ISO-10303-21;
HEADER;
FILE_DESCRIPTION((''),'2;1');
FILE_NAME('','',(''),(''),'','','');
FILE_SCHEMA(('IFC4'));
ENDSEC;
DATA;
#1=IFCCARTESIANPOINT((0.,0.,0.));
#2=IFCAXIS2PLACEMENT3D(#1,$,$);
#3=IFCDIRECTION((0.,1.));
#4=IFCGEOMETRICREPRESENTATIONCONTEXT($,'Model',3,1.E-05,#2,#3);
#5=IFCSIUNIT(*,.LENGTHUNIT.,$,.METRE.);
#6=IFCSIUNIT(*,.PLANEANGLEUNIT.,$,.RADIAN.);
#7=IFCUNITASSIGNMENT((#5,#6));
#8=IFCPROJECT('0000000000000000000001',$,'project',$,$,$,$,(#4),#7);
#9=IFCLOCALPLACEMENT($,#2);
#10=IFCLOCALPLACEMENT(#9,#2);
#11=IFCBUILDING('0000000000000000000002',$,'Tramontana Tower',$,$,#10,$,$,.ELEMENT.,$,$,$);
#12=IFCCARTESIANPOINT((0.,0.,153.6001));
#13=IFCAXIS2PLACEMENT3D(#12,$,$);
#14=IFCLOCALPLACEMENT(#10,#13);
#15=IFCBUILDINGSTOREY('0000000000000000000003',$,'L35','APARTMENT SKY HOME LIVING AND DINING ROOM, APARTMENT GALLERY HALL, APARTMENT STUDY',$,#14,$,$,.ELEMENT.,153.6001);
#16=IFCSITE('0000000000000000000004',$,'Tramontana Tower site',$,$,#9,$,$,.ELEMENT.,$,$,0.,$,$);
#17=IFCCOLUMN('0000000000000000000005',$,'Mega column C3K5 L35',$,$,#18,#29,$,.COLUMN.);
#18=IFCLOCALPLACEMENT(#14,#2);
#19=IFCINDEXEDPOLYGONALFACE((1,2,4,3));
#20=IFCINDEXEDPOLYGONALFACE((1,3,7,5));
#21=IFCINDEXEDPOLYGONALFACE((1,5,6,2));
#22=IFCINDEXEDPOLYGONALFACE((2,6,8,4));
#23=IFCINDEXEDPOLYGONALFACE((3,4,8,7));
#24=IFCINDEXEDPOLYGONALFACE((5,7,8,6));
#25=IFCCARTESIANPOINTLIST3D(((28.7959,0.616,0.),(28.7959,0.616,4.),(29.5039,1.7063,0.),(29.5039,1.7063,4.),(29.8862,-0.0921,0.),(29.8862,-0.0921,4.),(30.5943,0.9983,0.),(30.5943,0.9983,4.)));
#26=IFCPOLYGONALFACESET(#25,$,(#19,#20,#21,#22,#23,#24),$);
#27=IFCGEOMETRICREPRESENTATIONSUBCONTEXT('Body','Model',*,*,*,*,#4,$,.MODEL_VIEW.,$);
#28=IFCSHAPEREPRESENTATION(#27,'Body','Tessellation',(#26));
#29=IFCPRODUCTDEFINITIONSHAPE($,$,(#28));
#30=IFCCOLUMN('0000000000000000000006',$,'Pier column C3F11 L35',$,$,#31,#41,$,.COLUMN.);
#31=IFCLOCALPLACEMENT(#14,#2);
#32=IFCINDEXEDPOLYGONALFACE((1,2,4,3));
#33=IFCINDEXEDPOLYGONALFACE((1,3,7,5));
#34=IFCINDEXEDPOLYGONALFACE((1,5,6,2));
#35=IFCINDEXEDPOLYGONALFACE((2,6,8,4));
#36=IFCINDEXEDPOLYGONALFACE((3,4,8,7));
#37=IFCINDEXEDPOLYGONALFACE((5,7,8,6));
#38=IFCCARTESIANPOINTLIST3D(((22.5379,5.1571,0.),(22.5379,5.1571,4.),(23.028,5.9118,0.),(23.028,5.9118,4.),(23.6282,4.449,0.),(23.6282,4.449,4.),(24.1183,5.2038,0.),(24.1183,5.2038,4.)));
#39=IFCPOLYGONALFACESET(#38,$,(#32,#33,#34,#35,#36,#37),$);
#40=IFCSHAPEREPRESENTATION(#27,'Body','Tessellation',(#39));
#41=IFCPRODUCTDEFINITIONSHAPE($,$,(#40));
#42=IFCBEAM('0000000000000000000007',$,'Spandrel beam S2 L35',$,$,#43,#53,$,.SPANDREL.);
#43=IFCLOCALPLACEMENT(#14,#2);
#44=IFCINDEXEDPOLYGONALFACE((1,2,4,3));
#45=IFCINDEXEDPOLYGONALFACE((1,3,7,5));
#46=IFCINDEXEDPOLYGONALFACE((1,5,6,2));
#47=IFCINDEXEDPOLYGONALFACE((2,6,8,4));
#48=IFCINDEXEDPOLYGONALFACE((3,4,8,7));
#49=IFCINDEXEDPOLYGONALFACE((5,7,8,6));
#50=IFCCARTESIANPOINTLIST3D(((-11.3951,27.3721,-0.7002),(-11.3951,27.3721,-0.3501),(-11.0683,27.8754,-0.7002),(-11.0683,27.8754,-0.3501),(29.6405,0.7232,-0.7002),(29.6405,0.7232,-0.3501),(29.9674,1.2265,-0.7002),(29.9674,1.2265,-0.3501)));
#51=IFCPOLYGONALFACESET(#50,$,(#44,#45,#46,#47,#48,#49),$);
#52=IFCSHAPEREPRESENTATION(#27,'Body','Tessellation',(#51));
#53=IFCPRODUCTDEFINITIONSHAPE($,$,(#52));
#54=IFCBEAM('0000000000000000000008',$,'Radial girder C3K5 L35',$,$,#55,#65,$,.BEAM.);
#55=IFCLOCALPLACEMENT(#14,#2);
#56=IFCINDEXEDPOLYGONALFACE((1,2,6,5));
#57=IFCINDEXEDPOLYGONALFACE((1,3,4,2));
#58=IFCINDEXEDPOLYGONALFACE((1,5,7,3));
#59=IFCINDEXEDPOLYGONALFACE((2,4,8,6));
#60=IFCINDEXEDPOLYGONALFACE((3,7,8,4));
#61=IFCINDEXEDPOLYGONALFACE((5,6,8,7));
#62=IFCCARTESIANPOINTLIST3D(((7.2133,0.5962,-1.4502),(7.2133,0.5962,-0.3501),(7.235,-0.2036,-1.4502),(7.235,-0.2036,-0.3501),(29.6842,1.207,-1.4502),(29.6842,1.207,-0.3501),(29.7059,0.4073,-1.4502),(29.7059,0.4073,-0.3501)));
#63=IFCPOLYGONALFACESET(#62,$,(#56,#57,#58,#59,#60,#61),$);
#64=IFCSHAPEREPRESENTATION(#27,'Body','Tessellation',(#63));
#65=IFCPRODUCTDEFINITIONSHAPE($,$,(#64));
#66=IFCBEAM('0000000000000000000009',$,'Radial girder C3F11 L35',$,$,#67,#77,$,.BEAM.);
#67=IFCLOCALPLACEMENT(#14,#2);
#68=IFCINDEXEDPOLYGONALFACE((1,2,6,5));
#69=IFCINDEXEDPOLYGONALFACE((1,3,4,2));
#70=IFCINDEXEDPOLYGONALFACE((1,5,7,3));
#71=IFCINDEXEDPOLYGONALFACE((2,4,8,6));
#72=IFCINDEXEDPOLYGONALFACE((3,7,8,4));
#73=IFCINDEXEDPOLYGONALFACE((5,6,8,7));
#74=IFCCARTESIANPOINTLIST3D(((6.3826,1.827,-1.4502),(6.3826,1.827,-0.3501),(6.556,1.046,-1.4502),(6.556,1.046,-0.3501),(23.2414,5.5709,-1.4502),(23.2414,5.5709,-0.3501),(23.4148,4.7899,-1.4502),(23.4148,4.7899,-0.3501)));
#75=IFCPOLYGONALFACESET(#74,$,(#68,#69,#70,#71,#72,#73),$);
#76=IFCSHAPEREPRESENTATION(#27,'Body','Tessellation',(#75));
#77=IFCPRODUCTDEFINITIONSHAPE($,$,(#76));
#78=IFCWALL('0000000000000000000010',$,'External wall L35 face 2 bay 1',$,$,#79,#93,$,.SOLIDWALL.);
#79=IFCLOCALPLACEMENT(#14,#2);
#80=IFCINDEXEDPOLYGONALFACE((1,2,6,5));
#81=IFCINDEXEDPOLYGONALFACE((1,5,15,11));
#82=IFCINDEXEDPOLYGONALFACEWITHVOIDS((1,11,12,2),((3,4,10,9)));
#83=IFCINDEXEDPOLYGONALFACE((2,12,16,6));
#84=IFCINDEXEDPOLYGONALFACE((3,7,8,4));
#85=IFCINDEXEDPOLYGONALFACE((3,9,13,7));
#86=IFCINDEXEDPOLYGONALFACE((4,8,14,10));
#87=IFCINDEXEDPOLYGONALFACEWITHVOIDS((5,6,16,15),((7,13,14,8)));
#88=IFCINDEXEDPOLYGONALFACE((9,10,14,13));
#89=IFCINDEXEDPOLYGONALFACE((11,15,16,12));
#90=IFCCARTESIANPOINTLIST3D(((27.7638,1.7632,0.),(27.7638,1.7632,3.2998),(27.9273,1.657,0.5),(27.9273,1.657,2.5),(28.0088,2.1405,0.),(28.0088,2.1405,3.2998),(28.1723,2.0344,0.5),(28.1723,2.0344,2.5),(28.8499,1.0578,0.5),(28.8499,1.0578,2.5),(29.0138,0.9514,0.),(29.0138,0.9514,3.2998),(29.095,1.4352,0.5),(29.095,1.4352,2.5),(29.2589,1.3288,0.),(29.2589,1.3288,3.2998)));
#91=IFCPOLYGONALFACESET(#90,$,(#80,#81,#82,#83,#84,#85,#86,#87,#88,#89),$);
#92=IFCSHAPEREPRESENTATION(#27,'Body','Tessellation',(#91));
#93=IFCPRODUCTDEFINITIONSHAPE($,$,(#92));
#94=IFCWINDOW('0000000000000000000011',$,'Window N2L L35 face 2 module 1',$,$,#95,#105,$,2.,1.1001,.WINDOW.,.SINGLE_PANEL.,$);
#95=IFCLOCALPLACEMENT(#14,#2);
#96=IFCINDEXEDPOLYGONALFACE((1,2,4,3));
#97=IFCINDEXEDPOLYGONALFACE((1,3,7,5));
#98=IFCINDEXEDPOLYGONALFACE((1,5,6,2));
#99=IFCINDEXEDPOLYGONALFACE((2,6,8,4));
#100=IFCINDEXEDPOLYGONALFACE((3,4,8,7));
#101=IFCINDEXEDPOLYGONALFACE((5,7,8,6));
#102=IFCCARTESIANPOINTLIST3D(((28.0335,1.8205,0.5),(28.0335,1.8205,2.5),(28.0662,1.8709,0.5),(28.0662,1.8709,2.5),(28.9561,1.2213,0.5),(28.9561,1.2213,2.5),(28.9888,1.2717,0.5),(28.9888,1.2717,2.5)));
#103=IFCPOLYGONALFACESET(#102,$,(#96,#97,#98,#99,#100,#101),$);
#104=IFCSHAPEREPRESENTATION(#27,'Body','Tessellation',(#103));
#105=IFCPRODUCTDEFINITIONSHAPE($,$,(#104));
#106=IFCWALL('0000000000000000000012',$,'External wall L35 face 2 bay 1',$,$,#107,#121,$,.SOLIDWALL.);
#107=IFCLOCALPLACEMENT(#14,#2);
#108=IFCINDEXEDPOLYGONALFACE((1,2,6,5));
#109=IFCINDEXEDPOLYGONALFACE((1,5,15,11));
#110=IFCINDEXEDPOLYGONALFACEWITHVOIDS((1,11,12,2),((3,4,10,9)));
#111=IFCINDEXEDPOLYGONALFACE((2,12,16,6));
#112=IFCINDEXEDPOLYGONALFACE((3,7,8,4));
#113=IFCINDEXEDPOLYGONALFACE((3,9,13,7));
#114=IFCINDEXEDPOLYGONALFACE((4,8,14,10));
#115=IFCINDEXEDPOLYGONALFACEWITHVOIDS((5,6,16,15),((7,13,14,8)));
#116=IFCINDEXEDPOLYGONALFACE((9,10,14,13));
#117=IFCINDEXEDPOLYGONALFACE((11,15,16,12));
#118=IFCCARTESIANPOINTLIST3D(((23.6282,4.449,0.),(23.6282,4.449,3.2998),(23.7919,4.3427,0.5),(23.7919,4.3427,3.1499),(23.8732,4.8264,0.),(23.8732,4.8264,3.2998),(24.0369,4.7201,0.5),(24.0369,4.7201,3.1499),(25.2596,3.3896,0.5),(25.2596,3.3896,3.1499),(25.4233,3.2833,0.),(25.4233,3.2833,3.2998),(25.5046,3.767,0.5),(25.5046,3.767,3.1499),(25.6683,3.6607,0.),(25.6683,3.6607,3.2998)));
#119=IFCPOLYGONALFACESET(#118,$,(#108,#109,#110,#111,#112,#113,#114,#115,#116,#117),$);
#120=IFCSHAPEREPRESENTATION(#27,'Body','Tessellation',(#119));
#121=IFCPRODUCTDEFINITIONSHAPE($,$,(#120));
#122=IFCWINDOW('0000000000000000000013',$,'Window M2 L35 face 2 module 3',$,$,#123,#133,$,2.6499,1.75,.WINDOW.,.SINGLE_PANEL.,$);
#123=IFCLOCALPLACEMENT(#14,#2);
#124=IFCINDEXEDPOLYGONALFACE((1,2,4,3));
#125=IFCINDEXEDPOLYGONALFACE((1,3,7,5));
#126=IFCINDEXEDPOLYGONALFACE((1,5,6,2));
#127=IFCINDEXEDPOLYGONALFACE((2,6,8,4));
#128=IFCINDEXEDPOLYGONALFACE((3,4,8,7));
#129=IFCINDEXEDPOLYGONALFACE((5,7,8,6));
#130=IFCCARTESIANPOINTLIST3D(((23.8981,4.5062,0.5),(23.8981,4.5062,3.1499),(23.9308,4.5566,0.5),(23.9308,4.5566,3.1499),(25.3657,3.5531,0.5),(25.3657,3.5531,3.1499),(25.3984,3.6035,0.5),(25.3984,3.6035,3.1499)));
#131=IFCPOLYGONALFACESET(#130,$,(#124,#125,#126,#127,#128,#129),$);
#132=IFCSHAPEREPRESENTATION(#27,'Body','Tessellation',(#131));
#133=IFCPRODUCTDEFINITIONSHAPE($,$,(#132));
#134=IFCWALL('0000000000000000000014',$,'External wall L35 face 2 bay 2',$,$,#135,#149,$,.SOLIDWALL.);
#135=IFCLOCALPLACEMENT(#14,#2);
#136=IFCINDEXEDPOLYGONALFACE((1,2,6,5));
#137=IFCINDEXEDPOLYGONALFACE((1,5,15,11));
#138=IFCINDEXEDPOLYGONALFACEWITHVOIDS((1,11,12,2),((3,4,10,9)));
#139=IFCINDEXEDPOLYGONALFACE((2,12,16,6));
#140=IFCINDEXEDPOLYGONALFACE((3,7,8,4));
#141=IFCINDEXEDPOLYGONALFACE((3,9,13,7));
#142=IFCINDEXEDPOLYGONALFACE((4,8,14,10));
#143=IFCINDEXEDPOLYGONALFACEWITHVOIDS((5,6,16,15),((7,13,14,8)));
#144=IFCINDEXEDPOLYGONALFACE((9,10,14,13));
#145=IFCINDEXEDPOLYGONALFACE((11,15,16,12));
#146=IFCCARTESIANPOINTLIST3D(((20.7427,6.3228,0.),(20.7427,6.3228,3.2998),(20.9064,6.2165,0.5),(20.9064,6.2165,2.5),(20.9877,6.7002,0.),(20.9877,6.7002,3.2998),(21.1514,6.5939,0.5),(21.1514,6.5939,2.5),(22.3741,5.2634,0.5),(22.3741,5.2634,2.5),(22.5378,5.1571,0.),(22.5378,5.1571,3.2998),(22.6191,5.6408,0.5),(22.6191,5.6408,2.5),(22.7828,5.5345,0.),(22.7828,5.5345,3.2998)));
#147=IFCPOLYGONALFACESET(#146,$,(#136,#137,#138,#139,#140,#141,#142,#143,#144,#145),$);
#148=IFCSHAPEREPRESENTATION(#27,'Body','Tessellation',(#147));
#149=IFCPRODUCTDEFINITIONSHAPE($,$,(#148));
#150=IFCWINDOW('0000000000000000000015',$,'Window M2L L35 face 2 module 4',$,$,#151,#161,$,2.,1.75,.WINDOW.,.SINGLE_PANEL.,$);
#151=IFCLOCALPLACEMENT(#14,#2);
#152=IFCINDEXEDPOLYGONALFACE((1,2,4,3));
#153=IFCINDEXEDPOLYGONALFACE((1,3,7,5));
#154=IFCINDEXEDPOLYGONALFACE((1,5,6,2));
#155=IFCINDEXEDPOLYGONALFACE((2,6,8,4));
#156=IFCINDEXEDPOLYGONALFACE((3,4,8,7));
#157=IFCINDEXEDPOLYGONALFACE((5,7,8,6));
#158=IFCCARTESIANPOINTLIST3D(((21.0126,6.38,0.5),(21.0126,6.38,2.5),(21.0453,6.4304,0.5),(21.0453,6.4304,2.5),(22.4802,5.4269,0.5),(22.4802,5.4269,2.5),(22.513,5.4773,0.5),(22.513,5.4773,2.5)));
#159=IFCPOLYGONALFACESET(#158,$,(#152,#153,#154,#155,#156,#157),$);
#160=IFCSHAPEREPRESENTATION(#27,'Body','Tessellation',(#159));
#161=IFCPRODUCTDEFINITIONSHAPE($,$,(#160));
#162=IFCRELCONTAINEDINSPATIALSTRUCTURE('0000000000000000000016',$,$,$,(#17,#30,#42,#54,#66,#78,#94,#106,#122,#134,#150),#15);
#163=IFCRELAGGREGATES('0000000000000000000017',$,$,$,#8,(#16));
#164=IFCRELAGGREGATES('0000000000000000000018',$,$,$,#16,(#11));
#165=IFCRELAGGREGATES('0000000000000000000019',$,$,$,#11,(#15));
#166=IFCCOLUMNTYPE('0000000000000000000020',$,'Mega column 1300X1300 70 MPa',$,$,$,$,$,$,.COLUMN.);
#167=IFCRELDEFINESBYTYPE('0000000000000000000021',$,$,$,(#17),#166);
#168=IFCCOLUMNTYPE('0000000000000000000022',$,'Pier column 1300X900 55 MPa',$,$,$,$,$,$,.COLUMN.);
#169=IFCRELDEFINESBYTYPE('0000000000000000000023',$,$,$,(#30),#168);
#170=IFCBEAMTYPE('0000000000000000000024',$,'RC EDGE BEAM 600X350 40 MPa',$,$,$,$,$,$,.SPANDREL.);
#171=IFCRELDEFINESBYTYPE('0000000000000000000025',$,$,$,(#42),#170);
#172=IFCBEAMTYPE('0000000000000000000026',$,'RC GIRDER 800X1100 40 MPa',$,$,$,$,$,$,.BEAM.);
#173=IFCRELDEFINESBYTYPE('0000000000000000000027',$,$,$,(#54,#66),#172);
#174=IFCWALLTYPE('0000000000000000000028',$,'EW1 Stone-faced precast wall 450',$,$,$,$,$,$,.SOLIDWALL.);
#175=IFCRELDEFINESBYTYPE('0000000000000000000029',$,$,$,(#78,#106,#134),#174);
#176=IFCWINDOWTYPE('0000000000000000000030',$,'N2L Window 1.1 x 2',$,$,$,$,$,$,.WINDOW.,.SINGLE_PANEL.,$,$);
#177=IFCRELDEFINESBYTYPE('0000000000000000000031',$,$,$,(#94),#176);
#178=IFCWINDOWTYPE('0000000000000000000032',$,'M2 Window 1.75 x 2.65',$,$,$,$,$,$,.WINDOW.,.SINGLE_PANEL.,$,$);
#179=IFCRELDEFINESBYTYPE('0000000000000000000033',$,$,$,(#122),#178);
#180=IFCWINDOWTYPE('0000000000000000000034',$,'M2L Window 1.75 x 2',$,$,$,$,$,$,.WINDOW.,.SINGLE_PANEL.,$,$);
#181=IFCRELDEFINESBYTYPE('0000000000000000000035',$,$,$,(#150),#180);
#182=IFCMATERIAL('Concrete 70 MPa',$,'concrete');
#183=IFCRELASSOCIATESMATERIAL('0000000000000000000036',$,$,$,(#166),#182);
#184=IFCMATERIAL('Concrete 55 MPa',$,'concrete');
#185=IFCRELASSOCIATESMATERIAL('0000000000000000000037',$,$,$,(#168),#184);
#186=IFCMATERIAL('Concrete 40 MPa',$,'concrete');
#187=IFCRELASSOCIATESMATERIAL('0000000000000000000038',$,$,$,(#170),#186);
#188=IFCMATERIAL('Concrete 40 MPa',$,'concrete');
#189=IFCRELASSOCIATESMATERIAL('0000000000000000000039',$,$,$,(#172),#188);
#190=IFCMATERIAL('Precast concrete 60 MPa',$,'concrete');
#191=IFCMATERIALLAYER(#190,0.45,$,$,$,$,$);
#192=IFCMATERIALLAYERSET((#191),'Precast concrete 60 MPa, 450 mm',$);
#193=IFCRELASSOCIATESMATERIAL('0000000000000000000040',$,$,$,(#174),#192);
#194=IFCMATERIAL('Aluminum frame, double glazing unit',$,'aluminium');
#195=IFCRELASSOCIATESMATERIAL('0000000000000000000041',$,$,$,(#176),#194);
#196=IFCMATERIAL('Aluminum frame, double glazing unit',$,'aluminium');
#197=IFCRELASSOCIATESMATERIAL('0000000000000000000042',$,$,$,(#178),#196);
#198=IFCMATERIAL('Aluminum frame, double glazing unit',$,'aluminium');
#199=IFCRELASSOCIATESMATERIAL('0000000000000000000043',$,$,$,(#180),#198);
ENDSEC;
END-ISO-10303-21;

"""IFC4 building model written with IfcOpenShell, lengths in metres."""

from ifc_helpers import new_model, si_unit, direction, frame, frame_2d, origin, origin_2d, place, context, subcontext, project, spatial, rectangle, extrude, material, layer, layer_set, material_profile, profile_set, type_object, element, fill, save


model = new_model("IFC4")

# Units and contexts
model_context = context("Model", 3, precision=1e-05, world=origin(), true_north=direction((0.0, 1.0)))
body_context = subcontext(model_context, "Body", "Model", "MODEL_VIEW")
ifc_project = project(units=[si_unit("LENGTHUNIT", "METRE"), si_unit("PLANEANGLEUNIT", "RADIAN")], contexts=[model_context])

# Site, building, storey
site_placement = place(None, origin())
site = spatial("IfcSite", under=ifc_project, at=site_placement, Name="Tramontana Tower site", CompositionType="ELEMENT", RefElevation=0.0)
building_placement = place(site_placement, origin())
building = spatial("IfcBuilding", under=site, at=building_placement, Name="Tramontana Tower", CompositionType="ELEMENT")
storey_placement = place(building_placement, frame((0.0, 0.0, 153.6001)))
storey = spatial("IfcBuildingStorey", under=building, at=storey_placement, Name="L35", Description="APARTMENT SKY HOME LIVING AND DINING ROOM, APARTMENT GALLERY HALL, APARTMENT STUDY", CompositionType="ELEMENT", Elevation=153.6001)

# Columns
ifc_material_1 = material(Name="Concrete 70 MPa", Category="concrete")
ifc_material_profile_1 = material_profile(ifc_material_1, rectangle(XDim=1.3, YDim=1.3, at=origin_2d()), Name="Mega column 1300X1300 70 MPa")
ifc_profile_set_1 = profile_set([ifc_material_profile_1], Name="Concrete 70 MPa")
column_type_1 = type_object("IfcColumnType", Name="Mega column 1300X1300 70 MPa", PredefinedType="COLUMN", material=ifc_profile_set_1)
column_1_placement = place(storey_placement, frame((29.6951, 0.8071, 0.0), z_axis=(0.0, 0.0, 1.0), x_axis=(-0.838671, 0.544639, 0.0)))
element("IfcColumn", 1, at=column_1_placement, inside=storey, type_object=column_type_1, Name="Mega column C3K5 L35", PredefinedType="COLUMN", context=body_context, shape_type="SweptSolid", body=[
    extrude(rectangle(XDim=1.3, YDim=1.3, at=origin_2d()), origin(), (0.0, 0.0, 1.0), 4.0),
])
ifc_material_2 = material(Name="Concrete 55 MPa", Category="concrete")
ifc_material_profile_2 = material_profile(ifc_material_2, rectangle(XDim=1.3, YDim=0.8999, at=origin_2d()), Name="Pier column 1300X900 55 MPa")
ifc_profile_set_2 = profile_set([ifc_material_profile_2], Name="Concrete 55 MPa")
column_type_2 = type_object("IfcColumnType", Name="Pier column 1300X900 55 MPa", PredefinedType="COLUMN", material=ifc_profile_set_2)
column_2_placement = place(storey_placement, frame((23.3281, 5.1804, 0.0), z_axis=(0.0, 0.0, 1.0), x_axis=(-0.838671, 0.544639, 0.0)))
element("IfcColumn", 2, at=column_2_placement, inside=storey, type_object=column_type_2, Name="Pier column C3F11 L35", PredefinedType="COLUMN", context=body_context, shape_type="SweptSolid", body=[
    extrude(rectangle(XDim=1.3, YDim=0.8999, at=origin_2d()), origin(), (0.0, 0.0, 1.0), 4.0),
])

# Beams
ifc_material_3 = material(Name="Concrete 40 MPa", Category="concrete")
ifc_material_profile_3 = material_profile(ifc_material_3, rectangle(XDim=0.6001, YDim=0.3501, at=origin_2d()), Name="RC EDGE BEAM 600X350 40 MPa")
ifc_profile_set_3 = profile_set([ifc_material_profile_3], Name="Concrete 40 MPa")
beam_type_1 = type_object("IfcBeamType", Name="RC EDGE BEAM 600X350 40 MPa", PredefinedType="SPANDREL", material=ifc_profile_set_3)
beam_1_placement = place(storey_placement, frame((29.804, 0.9749, -0.5251), z_axis=(-0.83867, 0.54464, 0.0), x_axis=(-0.54464, -0.83867, 0.0)))
element("IfcBeam", 3, at=beam_1_placement, inside=storey, type_object=beam_type_1, Name="Spandrel beam S2 L35", PredefinedType="SPANDREL", context=body_context, shape_type="SweptSolid", body=[
    extrude(rectangle(XDim=0.6001, YDim=0.3501, at=origin_2d()), origin(), (0.0, 0.0, 1.0), 48.9294),
])
ifc_material_4 = material(Name="Concrete 40 MPa", Category="concrete")
ifc_material_profile_4 = material_profile(ifc_material_4, rectangle(XDim=0.8, YDim=1.1001, at=origin_2d()), Name="RC GIRDER 800X1100 40 MPa")
ifc_profile_set_4 = profile_set([ifc_material_profile_4], Name="Concrete 40 MPa")
beam_type_2 = type_object("IfcBeamType", Name="RC GIRDER 800X1100 40 MPa", PredefinedType="BEAM", material=ifc_profile_set_4)
beam_2_placement = place(storey_placement, frame((29.6951, 0.8071, -0.9001), z_axis=(-0.999631, -0.027173, 0.0), x_axis=(0.027173, -0.999631, 0.0)))
element("IfcBeam", 4, at=beam_2_placement, inside=storey, type_object=beam_type_2, Name="Radial girder C3K5 L35", PredefinedType="BEAM", context=body_context, shape_type="SweptSolid", body=[
    extrude(rectangle(XDim=0.8, YDim=1.1001, at=origin_2d()), origin(), (0.0, 0.0, 1.0), 22.4792),
])
beam_3_placement = place(storey_placement, frame((23.3281, 5.1804, -0.9001), z_axis=(-0.976218, -0.216791, 0.0), x_axis=(0.216791, -0.976218, 0.0)))
element("IfcBeam", 5, at=beam_3_placement, inside=storey, type_object=beam_type_2, Name="Radial girder C3F11 L35", PredefinedType="BEAM", context=body_context, shape_type="SweptSolid", body=[
    extrude(rectangle(XDim=0.8, YDim=1.1001, at=origin_2d()), origin(), (0.0, 0.0, 1.0), 17.2695),
])

# Walls, openings, windows
ifc_material_5 = material(Name="Precast concrete 60 MPa", Category="concrete")
ifc_layer_1 = layer(ifc_material_5, 0.45)
ifc_layer_set_1 = layer_set([ifc_layer_1], Name="Precast concrete 60 MPa, 450 mm")
wall_type_1 = type_object("IfcWallType", Name="EW1 Stone-faced precast wall 450", PredefinedType="SOLIDWALL", material=ifc_layer_set_1)
wall_1_placement = place(storey_placement, frame((29.1362, 1.1401, 0.0), z_axis=(0.0, 0.0, 1.0), x_axis=(-0.838668, 0.544643, 0.0)))
wall_1 = element("IfcWall", 6, at=wall_1_placement, inside=storey, type_object=wall_type_1, Name="External wall L35 face 2 bay 1", PredefinedType="SOLIDWALL", context=body_context, shape_type="SweptSolid", body=[
    extrude(rectangle(XDim=1.4905, YDim=0.45, at=frame_2d((0.7451, 0.0))), origin(), (0.0, 0.0, 1.0), 3.2998),
])
opening_1_placement = place(wall_1_placement, frame((0.1953, 0.0, 0.5)))
opening_1 = element("IfcOpeningElement", 7, at=opening_1_placement, cuts=wall_1, PredefinedType="OPENING", context=body_context, shape_type="SweptSolid", body=[
    extrude(rectangle(XDim=1.1001, YDim=2.0, at=frame_2d((0.55, 1.0))), frame((0.0, 0.2349, 0.0), z_axis=(0.0, -1.0, 0.0), x_axis=(1.0, 0.0, 0.0)), (0.0, 0.0, 1.0), 0.47),
])
ifc_material_6 = material(Name="Aluminum frame, double glazing unit", Category="aluminium")
window_type_1 = type_object("IfcWindowType", Name="N2L Window 1.1 x 2", PartitioningType="SINGLE_PANEL", PredefinedType="WINDOW", material=ifc_material_6)
window_1_placement = place(opening_1_placement, origin())
window_1 = element("IfcWindow", 8, at=window_1_placement, inside=storey, type_object=window_type_1, Name="Window N2L L35 face 2 module 1", OverallHeight=2.0, OverallWidth=1.1001, PartitioningType="SINGLE_PANEL", PredefinedType="WINDOW", context=body_context, shape_type="SweptSolid", body=[
    extrude(rectangle(XDim=1.1001, YDim=2.0, at=frame_2d((0.55, 1.0))), frame((0.0, 0.03, 0.0), z_axis=(0.0, -1.0, 0.0), x_axis=(1.0, 0.0, 0.0)), (0.0, 0.0, 1.0), 0.0601),
])
fill(opening_1, window_1)
wall_2_placement = place(storey_placement, frame((25.5459, 3.4719, 0.0), z_axis=(0.0, 0.0, 1.0), x_axis=(-0.838675, 0.544631, 0.0)))
wall_2 = element("IfcWall", 9, at=wall_2_placement, inside=storey, type_object=wall_type_1, Name="External wall L35 face 2 bay 1", PredefinedType="SOLIDWALL", context=body_context, shape_type="SweptSolid", body=[
    extrude(rectangle(XDim=2.1404, YDim=0.45, at=frame_2d((1.0703, 0.0))), origin(), (0.0, 0.0, 1.0), 3.2998),
])
opening_2_placement = place(wall_2_placement, frame((0.1953, 0.0, 0.5)))
opening_2 = element("IfcOpeningElement", 10, at=opening_2_placement, cuts=wall_2, PredefinedType="OPENING", context=body_context, shape_type="SweptSolid", body=[
    extrude(rectangle(XDim=1.75, YDim=2.6499, at=frame_2d((0.875, 1.325))), frame((0.0, 0.2349, 0.0), z_axis=(0.0, -1.0, 0.0), x_axis=(1.0, 0.0, 0.0)), (0.0, 0.0, 1.0), 0.47),
])
ifc_material_7 = material(Name="Aluminum frame, double glazing unit", Category="aluminium")
window_type_2 = type_object("IfcWindowType", Name="M2 Window 1.75 x 2.65", PartitioningType="SINGLE_PANEL", PredefinedType="WINDOW", material=ifc_material_7)
window_2_placement = place(opening_2_placement, origin())
window_2 = element("IfcWindow", 11, at=window_2_placement, inside=storey, type_object=window_type_2, Name="Window M2 L35 face 2 module 3", OverallHeight=2.6499, OverallWidth=1.75, PartitioningType="SINGLE_PANEL", PredefinedType="WINDOW", context=body_context, shape_type="SweptSolid", body=[
    extrude(rectangle(XDim=1.75, YDim=2.6499, at=frame_2d((0.875, 1.325))), frame((0.0, 0.03, 0.0), z_axis=(0.0, -1.0, 0.0), x_axis=(1.0, 0.0, 0.0)), (0.0, 0.0, 1.0), 0.0601),
])
fill(opening_2, window_2)
wall_3_placement = place(storey_placement, frame((22.6604, 5.3457, 0.0), z_axis=(0.0, 0.0, 1.0), x_axis=(-0.838675, 0.544631, 0.0)))
wall_3 = element("IfcWall", 12, at=wall_3_placement, inside=storey, type_object=wall_type_1, Name="External wall L35 face 2 bay 2", PredefinedType="SOLIDWALL", context=body_context, shape_type="SweptSolid", body=[
    extrude(rectangle(XDim=2.1404, YDim=0.45, at=frame_2d((1.0703, 0.0))), origin(), (0.0, 0.0, 1.0), 3.2998),
])
opening_3_placement = place(wall_3_placement, frame((0.1953, 0.0, 0.5)))
opening_3 = element("IfcOpeningElement", 13, at=opening_3_placement, cuts=wall_3, PredefinedType="OPENING", context=body_context, shape_type="SweptSolid", body=[
    extrude(rectangle(XDim=1.75, YDim=2.0, at=frame_2d((0.875, 1.0))), frame((0.0, 0.2349, 0.0), z_axis=(0.0, -1.0, 0.0), x_axis=(1.0, 0.0, 0.0)), (0.0, 0.0, 1.0), 0.47),
])
ifc_material_8 = material(Name="Aluminum frame, double glazing unit", Category="aluminium")
window_type_3 = type_object("IfcWindowType", Name="M2L Window 1.75 x 2", PartitioningType="SINGLE_PANEL", PredefinedType="WINDOW", material=ifc_material_8)
window_3_placement = place(opening_3_placement, origin())
window_3 = element("IfcWindow", 14, at=window_3_placement, inside=storey, type_object=window_type_3, Name="Window M2L L35 face 2 module 4", OverallHeight=2.0, OverallWidth=1.75, PartitioningType="SINGLE_PANEL", PredefinedType="WINDOW", context=body_context, shape_type="SweptSolid", body=[
    extrude(rectangle(XDim=1.75, YDim=2.0, at=frame_2d((0.875, 1.0))), frame((0.0, 0.03, 0.0), z_axis=(0.0, -1.0, 0.0), x_axis=(1.0, 0.0, 0.0)), (0.0, 0.0, 1.0), 0.0601),
])
fill(opening_3, window_3)

save(model, "model.ifc")
